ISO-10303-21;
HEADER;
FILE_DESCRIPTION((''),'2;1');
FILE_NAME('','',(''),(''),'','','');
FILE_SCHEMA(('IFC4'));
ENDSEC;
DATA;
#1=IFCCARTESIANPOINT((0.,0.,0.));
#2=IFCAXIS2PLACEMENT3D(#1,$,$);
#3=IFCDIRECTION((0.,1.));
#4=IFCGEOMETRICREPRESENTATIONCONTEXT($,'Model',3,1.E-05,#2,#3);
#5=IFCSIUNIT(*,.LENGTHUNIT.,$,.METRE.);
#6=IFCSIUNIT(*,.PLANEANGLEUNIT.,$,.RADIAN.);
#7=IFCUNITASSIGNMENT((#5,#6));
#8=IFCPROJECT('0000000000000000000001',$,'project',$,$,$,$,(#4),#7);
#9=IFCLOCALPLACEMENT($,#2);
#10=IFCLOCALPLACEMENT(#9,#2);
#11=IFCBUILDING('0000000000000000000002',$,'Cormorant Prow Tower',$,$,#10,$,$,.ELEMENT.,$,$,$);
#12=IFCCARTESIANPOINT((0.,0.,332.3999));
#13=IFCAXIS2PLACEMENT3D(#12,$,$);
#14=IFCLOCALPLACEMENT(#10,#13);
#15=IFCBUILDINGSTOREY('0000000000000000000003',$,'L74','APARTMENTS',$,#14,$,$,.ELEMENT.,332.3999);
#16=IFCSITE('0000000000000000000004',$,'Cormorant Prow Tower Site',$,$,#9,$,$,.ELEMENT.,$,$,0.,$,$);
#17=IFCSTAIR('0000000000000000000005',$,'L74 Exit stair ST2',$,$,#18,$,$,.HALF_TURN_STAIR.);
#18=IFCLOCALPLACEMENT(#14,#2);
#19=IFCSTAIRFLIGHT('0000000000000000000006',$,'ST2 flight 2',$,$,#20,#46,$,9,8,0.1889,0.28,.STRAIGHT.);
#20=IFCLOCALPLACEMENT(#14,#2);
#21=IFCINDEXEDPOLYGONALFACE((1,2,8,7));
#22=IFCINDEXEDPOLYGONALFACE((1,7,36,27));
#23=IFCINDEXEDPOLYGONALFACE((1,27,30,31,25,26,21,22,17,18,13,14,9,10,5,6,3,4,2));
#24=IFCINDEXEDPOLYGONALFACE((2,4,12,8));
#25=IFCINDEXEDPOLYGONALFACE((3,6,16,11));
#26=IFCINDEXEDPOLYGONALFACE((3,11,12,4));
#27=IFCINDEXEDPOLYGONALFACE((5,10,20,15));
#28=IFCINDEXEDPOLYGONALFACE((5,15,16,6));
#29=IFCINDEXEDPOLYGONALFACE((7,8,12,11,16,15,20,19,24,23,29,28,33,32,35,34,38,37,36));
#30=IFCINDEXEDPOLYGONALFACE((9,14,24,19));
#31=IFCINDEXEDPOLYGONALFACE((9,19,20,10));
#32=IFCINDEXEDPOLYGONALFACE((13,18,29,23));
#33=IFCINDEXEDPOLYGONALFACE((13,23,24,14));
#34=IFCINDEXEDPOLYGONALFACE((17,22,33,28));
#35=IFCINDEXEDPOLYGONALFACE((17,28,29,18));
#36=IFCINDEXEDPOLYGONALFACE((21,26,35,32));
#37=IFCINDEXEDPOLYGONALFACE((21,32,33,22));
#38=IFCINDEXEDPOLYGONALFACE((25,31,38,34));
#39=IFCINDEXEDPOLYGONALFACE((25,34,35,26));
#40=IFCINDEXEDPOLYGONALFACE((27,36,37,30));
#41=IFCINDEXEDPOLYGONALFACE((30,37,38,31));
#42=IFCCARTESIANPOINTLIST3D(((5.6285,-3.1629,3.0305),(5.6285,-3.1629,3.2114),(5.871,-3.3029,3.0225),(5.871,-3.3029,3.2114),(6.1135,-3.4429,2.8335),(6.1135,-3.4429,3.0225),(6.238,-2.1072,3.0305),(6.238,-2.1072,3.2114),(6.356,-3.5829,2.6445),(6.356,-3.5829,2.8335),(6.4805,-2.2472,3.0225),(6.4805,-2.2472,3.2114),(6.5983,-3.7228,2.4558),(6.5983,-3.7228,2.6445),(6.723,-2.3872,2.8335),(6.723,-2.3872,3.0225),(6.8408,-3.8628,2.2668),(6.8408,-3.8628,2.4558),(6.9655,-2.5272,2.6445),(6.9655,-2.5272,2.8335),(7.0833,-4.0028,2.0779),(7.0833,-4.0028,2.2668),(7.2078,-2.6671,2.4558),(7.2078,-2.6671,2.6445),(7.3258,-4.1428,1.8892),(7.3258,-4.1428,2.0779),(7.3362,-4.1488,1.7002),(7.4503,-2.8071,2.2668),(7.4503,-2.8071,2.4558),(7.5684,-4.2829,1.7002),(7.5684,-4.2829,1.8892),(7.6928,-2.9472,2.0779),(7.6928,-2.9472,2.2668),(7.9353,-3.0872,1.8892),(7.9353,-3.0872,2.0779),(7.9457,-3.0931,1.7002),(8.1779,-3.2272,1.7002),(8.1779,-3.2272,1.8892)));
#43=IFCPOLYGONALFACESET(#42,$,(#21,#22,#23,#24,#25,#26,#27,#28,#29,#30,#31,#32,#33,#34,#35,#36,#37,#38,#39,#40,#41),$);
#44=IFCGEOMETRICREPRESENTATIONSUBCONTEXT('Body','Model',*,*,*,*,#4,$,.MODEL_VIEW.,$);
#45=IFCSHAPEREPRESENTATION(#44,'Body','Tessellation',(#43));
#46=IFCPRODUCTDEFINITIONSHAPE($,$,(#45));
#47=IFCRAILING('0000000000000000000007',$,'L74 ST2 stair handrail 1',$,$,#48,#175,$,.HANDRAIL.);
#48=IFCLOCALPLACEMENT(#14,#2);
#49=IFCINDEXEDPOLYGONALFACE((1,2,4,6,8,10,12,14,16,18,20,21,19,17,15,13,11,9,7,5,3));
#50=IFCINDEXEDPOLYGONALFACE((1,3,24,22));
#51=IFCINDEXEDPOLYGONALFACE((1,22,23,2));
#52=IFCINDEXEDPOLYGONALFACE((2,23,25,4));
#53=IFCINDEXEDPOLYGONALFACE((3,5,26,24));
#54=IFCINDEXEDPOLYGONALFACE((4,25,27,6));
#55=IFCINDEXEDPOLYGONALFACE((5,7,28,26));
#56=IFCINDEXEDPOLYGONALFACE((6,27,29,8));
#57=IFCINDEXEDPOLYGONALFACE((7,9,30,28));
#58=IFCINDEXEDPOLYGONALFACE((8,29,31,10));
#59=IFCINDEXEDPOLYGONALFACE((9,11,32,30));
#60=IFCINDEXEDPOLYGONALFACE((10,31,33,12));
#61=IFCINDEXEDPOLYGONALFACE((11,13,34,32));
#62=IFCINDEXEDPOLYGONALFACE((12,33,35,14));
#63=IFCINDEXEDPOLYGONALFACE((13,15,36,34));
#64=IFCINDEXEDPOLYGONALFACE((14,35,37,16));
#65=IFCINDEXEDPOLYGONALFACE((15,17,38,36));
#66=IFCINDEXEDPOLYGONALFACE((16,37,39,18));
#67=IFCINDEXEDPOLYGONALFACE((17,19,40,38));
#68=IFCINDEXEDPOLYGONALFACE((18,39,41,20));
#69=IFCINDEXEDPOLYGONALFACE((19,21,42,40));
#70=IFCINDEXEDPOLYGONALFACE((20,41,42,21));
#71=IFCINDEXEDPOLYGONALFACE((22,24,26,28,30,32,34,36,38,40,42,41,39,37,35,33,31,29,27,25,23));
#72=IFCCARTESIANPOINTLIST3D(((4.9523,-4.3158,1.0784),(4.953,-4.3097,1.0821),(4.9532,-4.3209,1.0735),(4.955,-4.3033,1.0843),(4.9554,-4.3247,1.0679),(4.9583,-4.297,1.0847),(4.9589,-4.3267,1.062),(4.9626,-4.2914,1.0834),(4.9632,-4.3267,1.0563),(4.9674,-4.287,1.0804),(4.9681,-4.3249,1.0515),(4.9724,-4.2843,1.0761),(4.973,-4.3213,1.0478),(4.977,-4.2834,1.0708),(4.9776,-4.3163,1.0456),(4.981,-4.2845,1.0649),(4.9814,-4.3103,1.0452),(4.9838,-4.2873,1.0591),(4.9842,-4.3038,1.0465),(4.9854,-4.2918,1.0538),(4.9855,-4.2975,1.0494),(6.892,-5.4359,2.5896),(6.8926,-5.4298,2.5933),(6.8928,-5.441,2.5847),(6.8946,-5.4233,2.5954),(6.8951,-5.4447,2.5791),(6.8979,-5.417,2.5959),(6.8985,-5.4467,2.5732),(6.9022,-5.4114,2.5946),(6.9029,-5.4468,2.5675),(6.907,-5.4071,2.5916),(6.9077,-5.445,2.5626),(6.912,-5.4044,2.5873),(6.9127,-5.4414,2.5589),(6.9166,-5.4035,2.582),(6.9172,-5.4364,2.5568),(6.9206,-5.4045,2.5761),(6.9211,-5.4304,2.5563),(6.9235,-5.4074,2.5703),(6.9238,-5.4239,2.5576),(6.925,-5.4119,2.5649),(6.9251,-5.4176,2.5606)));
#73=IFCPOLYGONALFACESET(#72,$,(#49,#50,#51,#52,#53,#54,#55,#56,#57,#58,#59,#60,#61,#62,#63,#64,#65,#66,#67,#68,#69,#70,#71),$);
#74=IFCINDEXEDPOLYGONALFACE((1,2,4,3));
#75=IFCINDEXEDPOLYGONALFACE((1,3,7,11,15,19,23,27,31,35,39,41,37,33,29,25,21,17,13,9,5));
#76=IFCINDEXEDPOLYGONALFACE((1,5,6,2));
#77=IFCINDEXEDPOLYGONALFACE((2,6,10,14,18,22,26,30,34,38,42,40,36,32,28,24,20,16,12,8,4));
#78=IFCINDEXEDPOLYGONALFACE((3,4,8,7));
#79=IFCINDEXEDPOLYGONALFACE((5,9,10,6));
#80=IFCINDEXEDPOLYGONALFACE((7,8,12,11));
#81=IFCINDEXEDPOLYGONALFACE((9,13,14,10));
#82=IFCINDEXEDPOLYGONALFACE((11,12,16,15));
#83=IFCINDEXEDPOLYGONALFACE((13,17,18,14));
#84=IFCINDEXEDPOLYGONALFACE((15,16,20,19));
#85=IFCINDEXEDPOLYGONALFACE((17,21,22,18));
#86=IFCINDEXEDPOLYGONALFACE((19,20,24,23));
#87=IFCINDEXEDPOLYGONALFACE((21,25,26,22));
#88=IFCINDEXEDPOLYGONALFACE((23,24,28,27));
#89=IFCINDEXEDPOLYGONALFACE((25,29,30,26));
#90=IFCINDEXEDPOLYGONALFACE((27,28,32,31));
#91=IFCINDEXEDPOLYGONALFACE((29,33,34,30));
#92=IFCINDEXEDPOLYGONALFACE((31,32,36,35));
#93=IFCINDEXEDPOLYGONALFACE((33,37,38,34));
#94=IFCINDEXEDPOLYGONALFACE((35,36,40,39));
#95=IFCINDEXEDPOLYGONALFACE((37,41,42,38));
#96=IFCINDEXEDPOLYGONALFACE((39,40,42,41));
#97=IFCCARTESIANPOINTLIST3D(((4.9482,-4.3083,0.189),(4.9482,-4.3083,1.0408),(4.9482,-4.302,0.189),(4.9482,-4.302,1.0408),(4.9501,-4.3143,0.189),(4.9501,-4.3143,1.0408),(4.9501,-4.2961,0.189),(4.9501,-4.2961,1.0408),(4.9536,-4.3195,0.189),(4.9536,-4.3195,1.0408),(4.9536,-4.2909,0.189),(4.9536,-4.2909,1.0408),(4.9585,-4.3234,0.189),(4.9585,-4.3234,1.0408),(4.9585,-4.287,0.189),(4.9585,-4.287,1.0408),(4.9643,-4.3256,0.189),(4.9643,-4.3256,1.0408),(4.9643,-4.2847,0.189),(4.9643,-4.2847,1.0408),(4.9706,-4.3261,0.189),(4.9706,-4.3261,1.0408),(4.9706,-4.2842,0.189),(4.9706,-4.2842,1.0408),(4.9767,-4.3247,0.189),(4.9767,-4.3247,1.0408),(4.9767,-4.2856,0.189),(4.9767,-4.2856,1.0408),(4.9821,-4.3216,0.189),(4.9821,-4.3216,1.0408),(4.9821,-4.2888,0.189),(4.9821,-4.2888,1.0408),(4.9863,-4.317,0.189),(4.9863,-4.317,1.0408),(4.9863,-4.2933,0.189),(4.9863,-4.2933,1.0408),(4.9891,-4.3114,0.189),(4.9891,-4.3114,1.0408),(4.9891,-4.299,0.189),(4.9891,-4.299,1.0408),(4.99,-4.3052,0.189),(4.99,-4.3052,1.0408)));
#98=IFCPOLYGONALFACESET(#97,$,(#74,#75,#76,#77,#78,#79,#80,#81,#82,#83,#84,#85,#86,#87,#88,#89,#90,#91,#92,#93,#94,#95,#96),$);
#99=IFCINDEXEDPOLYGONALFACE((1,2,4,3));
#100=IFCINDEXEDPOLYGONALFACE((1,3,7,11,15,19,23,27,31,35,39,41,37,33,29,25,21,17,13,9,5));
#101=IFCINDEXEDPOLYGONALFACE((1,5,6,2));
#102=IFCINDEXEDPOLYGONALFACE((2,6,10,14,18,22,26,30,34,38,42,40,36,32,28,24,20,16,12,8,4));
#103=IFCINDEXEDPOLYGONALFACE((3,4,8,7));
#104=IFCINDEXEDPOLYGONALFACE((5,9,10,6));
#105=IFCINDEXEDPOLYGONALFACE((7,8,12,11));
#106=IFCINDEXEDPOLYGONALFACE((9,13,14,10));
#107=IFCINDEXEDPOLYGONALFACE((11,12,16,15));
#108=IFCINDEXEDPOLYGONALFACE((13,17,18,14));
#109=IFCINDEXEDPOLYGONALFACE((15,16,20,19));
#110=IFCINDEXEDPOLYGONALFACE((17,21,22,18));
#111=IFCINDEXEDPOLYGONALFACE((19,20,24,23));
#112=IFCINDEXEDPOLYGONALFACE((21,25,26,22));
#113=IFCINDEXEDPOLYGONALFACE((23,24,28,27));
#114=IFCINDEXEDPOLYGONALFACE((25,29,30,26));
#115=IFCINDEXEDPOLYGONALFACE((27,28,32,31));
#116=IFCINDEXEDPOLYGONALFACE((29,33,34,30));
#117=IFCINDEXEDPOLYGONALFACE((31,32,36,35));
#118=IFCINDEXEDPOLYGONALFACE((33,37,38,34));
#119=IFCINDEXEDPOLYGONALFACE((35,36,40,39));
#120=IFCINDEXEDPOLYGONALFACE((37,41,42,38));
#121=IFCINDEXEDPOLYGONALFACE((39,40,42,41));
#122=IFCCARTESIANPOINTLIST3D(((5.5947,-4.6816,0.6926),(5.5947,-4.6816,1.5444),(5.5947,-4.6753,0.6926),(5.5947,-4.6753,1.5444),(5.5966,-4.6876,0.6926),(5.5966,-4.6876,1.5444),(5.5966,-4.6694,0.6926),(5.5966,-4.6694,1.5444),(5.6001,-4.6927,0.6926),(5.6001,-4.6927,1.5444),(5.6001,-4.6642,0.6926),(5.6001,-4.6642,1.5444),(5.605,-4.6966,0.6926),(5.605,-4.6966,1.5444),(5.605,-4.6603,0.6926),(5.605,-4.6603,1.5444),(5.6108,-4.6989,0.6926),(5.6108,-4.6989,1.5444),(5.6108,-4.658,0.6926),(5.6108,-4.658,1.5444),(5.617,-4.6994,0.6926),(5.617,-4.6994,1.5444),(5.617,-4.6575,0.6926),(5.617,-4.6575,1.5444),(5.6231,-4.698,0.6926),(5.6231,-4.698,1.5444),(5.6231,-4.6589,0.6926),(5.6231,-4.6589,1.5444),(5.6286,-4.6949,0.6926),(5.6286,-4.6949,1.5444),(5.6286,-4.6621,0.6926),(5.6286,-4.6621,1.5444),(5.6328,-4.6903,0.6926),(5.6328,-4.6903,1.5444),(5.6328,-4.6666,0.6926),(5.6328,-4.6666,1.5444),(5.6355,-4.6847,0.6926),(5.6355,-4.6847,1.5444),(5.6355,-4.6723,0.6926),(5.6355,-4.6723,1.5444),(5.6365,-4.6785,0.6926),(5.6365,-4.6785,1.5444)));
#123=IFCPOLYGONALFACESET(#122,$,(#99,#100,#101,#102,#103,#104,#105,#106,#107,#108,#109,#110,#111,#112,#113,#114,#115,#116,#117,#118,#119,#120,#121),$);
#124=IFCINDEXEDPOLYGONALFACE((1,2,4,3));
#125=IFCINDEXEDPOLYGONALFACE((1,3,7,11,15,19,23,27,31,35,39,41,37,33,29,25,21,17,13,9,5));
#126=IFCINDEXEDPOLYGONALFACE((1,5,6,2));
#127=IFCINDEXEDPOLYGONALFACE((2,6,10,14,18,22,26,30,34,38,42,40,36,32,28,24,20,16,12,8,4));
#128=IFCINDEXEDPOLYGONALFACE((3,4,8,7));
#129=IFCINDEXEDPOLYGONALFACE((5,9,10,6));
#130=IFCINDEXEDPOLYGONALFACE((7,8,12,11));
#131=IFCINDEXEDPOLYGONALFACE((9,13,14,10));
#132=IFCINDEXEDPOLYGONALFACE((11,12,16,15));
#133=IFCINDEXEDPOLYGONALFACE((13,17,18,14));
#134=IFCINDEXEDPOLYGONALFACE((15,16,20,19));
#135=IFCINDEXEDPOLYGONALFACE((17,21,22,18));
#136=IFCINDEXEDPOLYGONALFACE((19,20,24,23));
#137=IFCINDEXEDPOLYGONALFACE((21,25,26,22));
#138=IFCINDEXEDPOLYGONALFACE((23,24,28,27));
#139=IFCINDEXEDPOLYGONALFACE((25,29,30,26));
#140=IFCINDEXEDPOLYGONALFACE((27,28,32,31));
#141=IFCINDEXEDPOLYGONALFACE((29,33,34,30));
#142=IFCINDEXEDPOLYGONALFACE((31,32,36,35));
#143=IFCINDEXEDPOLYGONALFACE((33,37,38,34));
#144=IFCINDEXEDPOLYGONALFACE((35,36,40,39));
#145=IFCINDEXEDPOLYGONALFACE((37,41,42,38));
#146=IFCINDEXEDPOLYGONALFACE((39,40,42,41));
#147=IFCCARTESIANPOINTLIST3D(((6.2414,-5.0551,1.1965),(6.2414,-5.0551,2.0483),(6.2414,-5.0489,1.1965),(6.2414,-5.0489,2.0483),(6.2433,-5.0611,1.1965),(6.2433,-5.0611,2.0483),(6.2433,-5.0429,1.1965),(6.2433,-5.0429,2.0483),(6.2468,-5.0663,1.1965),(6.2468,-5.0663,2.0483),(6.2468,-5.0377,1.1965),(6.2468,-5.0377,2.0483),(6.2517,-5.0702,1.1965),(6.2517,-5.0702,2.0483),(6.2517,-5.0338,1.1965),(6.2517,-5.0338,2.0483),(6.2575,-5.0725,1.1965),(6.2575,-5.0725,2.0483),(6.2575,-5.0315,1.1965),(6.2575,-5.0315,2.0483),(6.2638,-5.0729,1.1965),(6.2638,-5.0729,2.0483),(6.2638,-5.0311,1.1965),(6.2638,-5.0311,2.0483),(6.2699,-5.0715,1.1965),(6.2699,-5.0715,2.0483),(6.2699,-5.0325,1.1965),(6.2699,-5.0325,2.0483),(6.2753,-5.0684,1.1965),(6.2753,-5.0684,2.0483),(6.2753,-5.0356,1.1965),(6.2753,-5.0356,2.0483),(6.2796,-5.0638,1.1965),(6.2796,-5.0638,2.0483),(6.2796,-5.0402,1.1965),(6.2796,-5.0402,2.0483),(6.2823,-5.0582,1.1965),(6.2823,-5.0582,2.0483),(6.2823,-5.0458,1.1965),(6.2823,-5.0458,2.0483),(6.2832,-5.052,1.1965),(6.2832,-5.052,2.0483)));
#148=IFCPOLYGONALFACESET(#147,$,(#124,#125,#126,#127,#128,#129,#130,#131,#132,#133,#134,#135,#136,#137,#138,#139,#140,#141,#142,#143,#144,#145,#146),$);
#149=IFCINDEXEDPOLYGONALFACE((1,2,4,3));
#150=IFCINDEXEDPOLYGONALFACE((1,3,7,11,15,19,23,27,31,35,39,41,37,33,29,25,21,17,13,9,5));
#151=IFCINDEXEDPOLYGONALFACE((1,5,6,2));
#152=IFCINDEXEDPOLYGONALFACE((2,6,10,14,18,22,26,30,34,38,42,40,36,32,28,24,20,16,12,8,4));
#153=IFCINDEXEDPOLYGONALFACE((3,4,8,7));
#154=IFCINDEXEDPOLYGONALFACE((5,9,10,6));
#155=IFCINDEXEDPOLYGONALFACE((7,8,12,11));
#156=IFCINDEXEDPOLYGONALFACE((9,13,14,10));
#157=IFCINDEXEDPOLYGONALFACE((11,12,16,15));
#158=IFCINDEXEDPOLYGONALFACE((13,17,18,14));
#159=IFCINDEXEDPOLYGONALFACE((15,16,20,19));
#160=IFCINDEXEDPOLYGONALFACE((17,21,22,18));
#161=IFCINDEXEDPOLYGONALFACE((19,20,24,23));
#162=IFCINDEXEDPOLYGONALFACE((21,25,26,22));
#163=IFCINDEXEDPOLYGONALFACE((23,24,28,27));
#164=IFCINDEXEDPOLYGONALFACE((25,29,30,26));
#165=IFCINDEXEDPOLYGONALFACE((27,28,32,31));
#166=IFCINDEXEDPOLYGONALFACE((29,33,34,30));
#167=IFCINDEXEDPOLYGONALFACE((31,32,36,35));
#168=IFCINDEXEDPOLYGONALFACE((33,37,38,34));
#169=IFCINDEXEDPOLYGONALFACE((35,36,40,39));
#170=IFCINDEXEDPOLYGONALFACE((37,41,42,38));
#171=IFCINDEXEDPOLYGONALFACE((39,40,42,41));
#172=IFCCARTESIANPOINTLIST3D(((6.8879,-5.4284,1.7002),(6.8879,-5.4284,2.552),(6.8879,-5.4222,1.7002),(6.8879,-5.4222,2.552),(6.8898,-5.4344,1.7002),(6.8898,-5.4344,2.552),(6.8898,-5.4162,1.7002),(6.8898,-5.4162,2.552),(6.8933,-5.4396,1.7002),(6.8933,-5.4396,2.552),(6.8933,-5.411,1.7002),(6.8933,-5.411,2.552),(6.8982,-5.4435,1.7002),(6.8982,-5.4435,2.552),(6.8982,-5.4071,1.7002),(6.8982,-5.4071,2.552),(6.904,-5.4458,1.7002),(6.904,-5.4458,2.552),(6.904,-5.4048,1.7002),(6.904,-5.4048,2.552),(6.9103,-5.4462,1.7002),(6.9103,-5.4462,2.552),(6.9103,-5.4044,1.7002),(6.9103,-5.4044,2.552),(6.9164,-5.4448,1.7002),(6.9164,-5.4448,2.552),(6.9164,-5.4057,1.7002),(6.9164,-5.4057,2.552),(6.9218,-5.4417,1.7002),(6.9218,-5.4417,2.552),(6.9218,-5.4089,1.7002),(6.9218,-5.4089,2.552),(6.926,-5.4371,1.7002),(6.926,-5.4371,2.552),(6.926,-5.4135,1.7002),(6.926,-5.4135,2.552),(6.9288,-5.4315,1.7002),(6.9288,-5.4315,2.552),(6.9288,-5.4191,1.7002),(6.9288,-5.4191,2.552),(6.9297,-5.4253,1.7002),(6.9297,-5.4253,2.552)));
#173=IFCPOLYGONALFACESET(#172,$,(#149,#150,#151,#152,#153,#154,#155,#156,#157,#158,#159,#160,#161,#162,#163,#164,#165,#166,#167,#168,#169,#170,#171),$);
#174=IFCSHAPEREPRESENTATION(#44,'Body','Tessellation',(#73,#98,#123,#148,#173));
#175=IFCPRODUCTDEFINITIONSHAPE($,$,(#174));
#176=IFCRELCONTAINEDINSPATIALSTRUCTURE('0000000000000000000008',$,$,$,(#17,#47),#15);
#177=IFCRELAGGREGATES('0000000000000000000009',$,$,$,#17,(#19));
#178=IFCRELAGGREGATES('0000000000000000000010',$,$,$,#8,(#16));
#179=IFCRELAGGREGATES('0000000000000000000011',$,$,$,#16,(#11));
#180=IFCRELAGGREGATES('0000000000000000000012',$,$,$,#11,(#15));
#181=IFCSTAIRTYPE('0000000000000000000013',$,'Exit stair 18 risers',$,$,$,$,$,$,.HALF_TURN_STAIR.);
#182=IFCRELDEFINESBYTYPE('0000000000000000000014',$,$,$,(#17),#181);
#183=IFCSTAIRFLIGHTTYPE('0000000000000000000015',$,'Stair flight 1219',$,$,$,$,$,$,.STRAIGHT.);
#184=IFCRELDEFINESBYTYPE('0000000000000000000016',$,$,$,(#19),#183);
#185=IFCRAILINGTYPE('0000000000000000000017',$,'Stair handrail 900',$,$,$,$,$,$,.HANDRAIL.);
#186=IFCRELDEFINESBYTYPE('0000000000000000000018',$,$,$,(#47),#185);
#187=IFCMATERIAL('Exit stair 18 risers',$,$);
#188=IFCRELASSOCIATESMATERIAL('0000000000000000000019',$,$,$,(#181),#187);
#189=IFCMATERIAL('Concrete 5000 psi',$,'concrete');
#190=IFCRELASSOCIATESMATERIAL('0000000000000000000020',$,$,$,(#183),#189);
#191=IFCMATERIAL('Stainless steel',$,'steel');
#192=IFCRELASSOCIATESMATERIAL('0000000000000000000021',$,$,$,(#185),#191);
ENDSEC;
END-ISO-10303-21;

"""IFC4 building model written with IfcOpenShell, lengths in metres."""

from ifc_helpers import new_model, si_unit, direction, frame, origin, origin_2d, place, context, subcontext, project, spatial, polyline, circle, outline, extrude, material, type_object, element, aggregate, save


model = new_model("IFC4")

# Units and contexts
model_context = context("Model", 3, precision=1e-05, world=origin(), true_north=direction((0.0, 1.0)))
body_context = subcontext(model_context, "Body", "Model", "MODEL_VIEW")
ifc_project = project(units=[si_unit("LENGTHUNIT", "METRE"), si_unit("PLANEANGLEUNIT", "RADIAN")], contexts=[model_context])

# Site, building, storey
site_placement = place(None, origin())
site = spatial("IfcSite", under=ifc_project, at=site_placement, Name="Cormorant Prow Tower Site", CompositionType="ELEMENT", RefElevation=0.0)
building_placement = place(site_placement, origin())
building = spatial("IfcBuilding", under=site, at=building_placement, Name="Cormorant Prow Tower", CompositionType="ELEMENT")
storey_placement = place(building_placement, frame((0.0, 0.0, 332.3999)))
storey = spatial("IfcBuildingStorey", under=building, at=storey_placement, Name="L74", Description="APARTMENTS", CompositionType="ELEMENT", Elevation=332.3999)

# Stair, stair flight
ifc_material_1 = material(Name="Exit stair 18 risers")
stair_type = type_object("IfcStairType", Name="Exit stair 18 risers", PredefinedType="HALF_TURN_STAIR", material=ifc_material_1)
stair_placement = place(storey_placement, origin())
stair = element("IfcStair", 1, at=stair_placement, inside=storey, type_object=stair_type, Name="L74 Exit stair ST2", PredefinedType="HALF_TURN_STAIR")
ifc_material_2 = material(Name="Concrete 5000 psi", Category="concrete")
stair_flight_type = type_object("IfcStairFlightType", Name="Stair flight 1219", PredefinedType="STRAIGHT", material=ifc_material_2)
stair_flight_1_placement = place(storey_placement, frame((7.873, -3.7551, 1.7002), z_axis=(0.0, 0.0, 1.0), x_axis=(-0.866025, 0.5, 0.0)))
stair_flight_1 = element("IfcStairFlight", 2, at=stair_flight_1_placement, type_object=stair_flight_type, Name="ST2 flight 2", NumberOfRisers=9, NumberOfTreads=8, PredefinedType="STRAIGHT", RiserHeight=0.1889, TreadLength=0.28, context=body_context, shape_type="SweptSolid", body=[
    extrude(outline(polyline([(0.0, 0.0), (0.0, 0.189), (0.28, 0.189), (0.28, 0.3777), (0.5601, 0.3777), (0.5601, 0.5667), (0.8401, 0.5667), (0.8401, 0.7556), (1.1201, 0.7556), (1.1201, 0.9443), (1.3999, 0.9443), (1.3999, 1.1333), (1.6799, 1.1333), (1.6799, 1.3223), (1.96, 1.3223), (1.96, 1.5112), (2.24, 1.5112), (2.24, 1.7), (2.24, 1.3303), (0.2681, 0.0), (0.0, 0.0)])), frame((0.0, 0.6094, 0.0), z_axis=(0.0, -1.0, 0.0), x_axis=(1.0, 0.0, 0.0)), (0.0, 0.0, 1.0), 1.219),
])
aggregate(stair, [stair_flight_1])

# Railing
ifc_material_3 = material(Name="Stainless steel", Category="steel")
railing_type_1 = type_object("IfcRailingType", Name="Stair handrail 900", PredefinedType="HANDRAIL", material=ifc_material_3)
railing_1_placement = place(storey_placement, frame((4.969, -4.3052, 0.189)))
element("IfcRailing", 3, at=railing_1_placement, inside=storey, type_object=railing_type_1, Name="L74 ST2 stair handrail 1", PredefinedType="HANDRAIL", context=body_context, shape_type="SweptSolid", body=[
    extrude(circle(Radius=0.0239, at=origin_2d()), frame((0.0, 0.0, 0.876), z_axis=(0.71787, -0.414548, 0.559297), x_axis=(0.500078, 0.86598, 0.0)), (0.0, 0.0, 1.0), 2.7019),
    extrude(circle(Radius=0.021, at=origin_2d()), origin(), (0.0, 0.0, 1.0), 0.8518),
    extrude(circle(Radius=0.021, at=origin_2d()), frame((0.6465, -0.3733, 0.5037)), (0.0, 0.0, 1.0), 0.8518),
    extrude(circle(Radius=0.021, at=origin_2d()), frame((1.2932, -0.7468, 1.0076)), (0.0, 0.0, 1.0), 0.8518),
    extrude(circle(Radius=0.021, at=origin_2d()), frame((1.9397, -1.1201, 1.5112)), (0.0, 0.0, 1.0), 0.8518),
])

save(model, "model.ifc")
